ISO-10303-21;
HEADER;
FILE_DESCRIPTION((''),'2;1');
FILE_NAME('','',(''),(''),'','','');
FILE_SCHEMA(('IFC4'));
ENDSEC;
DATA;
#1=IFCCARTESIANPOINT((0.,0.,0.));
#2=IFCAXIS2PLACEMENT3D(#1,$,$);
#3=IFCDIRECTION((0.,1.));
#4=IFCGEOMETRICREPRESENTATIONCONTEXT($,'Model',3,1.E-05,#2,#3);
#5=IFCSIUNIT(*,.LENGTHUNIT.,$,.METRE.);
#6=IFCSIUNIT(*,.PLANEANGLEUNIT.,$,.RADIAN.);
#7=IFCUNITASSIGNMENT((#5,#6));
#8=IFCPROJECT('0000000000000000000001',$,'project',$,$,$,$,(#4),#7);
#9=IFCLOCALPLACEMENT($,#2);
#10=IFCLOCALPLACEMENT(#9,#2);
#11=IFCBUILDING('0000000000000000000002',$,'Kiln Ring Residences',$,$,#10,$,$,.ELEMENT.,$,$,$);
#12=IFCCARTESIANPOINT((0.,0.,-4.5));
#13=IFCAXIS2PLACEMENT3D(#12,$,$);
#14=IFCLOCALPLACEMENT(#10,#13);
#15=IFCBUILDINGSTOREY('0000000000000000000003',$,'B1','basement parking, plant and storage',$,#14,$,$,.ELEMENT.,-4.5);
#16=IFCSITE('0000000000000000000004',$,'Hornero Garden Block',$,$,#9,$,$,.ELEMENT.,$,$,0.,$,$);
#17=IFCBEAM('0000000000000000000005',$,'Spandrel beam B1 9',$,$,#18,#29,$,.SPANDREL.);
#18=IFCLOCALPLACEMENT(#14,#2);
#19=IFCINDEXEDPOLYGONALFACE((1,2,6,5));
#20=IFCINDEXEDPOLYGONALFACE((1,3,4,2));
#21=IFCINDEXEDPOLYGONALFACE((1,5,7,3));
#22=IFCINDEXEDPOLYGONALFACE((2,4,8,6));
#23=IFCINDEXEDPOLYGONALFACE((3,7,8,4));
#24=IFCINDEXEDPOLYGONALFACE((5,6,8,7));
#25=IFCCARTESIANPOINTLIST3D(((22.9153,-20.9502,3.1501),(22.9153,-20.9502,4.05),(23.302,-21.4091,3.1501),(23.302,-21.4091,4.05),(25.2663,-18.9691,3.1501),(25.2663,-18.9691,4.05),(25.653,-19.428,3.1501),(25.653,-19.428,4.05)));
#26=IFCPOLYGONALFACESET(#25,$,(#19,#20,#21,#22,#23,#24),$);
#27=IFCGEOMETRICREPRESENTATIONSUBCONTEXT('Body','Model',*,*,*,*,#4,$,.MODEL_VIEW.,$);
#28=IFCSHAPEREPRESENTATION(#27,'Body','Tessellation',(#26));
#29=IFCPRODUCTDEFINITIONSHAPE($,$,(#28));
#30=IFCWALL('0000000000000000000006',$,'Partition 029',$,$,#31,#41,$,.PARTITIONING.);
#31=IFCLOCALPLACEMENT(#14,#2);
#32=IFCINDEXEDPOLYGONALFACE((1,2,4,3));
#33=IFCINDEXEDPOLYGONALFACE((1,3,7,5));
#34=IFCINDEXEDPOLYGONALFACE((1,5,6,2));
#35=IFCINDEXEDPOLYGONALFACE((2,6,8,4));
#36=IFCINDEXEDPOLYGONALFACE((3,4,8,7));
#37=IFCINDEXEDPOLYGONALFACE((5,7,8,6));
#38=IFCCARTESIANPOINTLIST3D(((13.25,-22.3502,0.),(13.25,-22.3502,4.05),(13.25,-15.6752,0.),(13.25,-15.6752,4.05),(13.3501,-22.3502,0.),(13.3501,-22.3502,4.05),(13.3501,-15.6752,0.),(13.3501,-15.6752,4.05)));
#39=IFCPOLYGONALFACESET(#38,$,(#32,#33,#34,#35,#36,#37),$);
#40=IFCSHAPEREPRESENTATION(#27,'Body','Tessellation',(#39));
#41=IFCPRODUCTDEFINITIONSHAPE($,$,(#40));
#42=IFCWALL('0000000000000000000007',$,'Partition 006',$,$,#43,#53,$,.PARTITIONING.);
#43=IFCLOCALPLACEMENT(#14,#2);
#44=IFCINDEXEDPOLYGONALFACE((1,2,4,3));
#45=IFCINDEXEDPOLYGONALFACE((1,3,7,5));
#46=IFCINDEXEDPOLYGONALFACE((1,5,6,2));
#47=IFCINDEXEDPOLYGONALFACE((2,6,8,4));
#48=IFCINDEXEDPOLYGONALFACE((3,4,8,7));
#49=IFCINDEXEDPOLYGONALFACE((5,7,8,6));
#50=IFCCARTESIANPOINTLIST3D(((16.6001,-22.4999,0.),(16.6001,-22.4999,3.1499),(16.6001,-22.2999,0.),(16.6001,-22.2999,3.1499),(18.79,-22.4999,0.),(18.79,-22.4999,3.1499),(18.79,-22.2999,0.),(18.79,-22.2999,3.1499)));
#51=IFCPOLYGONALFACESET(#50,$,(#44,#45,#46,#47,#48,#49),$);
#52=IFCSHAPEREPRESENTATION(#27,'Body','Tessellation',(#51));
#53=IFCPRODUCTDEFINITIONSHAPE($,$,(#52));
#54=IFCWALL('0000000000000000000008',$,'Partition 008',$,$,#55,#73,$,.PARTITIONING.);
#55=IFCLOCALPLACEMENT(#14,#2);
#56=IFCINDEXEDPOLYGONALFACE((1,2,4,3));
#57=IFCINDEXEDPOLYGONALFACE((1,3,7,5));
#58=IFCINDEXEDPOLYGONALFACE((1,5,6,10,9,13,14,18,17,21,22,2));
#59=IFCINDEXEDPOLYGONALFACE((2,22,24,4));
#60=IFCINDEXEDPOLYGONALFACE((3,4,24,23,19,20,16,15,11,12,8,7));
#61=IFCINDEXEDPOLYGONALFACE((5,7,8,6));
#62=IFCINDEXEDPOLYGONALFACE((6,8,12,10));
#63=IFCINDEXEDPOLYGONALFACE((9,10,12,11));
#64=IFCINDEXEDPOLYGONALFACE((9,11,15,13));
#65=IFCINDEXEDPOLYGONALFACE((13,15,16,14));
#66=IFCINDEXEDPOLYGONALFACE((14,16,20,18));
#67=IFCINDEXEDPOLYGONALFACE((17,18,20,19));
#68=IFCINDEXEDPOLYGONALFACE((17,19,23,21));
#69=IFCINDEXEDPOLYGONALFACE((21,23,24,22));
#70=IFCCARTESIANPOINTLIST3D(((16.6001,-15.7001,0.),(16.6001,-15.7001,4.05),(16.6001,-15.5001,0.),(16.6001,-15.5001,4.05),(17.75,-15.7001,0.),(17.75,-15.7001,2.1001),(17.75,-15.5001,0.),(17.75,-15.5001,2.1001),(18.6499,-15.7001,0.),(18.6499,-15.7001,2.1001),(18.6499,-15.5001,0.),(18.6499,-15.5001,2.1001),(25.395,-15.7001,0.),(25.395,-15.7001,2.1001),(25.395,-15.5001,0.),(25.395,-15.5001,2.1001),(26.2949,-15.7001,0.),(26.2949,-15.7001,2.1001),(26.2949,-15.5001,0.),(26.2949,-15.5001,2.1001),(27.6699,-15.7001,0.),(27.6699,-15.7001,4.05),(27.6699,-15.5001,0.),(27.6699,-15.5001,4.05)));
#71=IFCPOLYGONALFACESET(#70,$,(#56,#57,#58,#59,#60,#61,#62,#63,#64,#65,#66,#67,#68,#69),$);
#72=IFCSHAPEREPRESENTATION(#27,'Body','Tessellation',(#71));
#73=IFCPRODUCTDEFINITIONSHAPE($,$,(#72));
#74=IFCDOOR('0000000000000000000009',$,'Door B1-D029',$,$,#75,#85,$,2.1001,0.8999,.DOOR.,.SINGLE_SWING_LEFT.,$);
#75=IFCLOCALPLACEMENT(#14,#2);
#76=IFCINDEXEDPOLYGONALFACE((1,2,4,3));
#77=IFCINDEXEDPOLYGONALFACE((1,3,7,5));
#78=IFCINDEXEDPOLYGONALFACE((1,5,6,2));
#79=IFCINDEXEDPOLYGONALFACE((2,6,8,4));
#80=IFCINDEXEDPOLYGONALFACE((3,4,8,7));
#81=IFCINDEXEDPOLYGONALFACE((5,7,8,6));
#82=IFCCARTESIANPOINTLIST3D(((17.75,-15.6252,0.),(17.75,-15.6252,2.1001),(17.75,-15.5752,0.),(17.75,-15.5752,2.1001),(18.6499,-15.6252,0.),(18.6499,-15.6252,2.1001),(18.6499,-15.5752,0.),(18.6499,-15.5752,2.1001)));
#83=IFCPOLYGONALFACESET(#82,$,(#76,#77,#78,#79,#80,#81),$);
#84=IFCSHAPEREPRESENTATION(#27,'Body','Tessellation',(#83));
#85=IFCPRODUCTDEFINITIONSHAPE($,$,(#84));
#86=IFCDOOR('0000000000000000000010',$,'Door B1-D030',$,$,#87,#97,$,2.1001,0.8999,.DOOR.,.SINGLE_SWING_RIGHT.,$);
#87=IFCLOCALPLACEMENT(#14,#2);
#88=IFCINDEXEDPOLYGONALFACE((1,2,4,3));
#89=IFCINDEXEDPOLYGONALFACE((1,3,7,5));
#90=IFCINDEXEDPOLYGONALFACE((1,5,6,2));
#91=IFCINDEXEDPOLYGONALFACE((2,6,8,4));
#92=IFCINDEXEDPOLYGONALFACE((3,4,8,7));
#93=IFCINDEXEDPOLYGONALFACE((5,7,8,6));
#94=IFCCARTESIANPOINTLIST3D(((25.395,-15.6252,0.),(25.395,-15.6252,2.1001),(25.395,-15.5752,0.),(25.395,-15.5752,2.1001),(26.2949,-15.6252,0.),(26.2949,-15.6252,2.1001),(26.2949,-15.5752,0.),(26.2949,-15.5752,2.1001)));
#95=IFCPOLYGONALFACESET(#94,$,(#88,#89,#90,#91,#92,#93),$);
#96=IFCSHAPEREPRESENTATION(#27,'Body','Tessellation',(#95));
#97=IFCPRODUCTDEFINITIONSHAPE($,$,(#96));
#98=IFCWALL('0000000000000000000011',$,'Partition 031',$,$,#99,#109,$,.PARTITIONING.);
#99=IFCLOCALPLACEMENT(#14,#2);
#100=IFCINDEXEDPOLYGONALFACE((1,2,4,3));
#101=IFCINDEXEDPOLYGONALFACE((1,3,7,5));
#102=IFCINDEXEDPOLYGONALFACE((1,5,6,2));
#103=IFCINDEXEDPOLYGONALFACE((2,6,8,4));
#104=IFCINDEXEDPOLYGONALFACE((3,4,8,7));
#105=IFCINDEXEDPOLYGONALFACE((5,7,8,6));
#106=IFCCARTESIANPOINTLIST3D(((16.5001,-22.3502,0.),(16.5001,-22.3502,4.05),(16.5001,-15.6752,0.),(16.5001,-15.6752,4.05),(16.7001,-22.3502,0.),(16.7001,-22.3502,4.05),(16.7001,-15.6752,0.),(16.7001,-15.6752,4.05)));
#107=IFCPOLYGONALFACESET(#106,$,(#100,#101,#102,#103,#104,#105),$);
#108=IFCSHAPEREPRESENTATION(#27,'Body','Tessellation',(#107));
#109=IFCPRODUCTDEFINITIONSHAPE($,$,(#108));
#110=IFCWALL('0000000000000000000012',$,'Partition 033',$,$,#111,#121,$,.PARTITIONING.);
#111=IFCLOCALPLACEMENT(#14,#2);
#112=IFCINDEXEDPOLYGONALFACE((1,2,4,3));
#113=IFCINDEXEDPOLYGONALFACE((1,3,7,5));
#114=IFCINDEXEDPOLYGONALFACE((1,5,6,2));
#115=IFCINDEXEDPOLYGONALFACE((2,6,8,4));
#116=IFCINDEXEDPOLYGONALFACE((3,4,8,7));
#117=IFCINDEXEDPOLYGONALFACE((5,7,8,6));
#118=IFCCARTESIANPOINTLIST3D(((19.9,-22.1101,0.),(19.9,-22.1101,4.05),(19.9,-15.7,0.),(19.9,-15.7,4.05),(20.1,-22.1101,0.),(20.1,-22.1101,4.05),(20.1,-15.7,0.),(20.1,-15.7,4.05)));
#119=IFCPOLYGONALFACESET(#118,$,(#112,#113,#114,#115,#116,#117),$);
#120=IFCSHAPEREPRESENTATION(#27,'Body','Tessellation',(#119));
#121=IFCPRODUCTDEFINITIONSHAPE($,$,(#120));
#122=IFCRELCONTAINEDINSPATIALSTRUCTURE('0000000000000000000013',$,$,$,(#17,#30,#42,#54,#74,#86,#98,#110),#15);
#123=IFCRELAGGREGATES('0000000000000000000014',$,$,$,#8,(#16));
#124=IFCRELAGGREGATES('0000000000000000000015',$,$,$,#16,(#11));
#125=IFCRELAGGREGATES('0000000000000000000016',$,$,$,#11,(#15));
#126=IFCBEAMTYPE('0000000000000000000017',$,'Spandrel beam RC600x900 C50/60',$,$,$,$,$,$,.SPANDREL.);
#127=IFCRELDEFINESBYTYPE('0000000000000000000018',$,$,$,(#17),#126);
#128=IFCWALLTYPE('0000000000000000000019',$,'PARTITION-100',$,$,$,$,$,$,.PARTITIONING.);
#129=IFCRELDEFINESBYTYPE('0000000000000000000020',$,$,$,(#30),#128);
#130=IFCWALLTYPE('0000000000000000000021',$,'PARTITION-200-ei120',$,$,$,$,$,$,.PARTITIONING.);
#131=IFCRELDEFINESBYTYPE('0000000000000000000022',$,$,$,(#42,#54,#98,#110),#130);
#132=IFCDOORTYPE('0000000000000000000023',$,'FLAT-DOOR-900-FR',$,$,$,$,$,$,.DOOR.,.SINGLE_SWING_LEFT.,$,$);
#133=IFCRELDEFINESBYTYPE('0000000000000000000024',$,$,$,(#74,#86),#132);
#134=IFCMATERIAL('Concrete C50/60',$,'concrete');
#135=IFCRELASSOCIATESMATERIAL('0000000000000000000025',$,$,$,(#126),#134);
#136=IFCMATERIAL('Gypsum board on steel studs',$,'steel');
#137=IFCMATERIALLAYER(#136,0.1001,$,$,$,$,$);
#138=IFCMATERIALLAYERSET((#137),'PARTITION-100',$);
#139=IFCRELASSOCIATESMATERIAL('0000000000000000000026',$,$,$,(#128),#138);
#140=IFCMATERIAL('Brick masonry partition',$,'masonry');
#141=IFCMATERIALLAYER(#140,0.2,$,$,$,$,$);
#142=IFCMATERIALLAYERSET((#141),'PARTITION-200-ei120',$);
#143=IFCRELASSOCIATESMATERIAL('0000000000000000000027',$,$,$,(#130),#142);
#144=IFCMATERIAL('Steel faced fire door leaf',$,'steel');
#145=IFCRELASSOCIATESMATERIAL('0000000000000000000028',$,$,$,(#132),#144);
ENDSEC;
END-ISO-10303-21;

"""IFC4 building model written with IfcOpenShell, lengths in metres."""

from ifc_helpers import new_model, si_unit, direction, frame, frame_2d, origin, origin_2d, place, context, subcontext, project, spatial, rectangle, extrude, material, layer, layer_set, material_profile, profile_set, type_object, element, fill, save


model = new_model("IFC4")

# Units and contexts
model_context = context("Model", 3, precision=1e-05, world=origin(), true_north=direction((0.0, 1.0)))
body_context = subcontext(model_context, "Body", "Model", "MODEL_VIEW")
ifc_project = project(units=[si_unit("LENGTHUNIT", "METRE"), si_unit("PLANEANGLEUNIT", "RADIAN")], contexts=[model_context])

# Site, building, storey
site_placement = place(None, origin())
site = spatial("IfcSite", under=ifc_project, at=site_placement, Name="Hornero Garden Block", CompositionType="ELEMENT", RefElevation=0.0)
building_placement = place(site_placement, origin())
building = spatial("IfcBuilding", under=site, at=building_placement, Name="Kiln Ring Residences", CompositionType="ELEMENT")
storey_placement = place(building_placement, frame((0.0, 0.0, -4.5)))
storey = spatial("IfcBuildingStorey", under=building, at=storey_placement, Name="B1", Description="basement parking, plant and storage", CompositionType="ELEMENT", Elevation=-4.5)

# Beam
ifc_material_1 = material(Name="Concrete C50/60", Category="concrete")
ifc_material_profile_1 = material_profile(ifc_material_1, rectangle(XDim=0.6001, YDim=0.8999, at=origin_2d()), Name="RC600x900")
ifc_profile_set_1 = profile_set([ifc_material_profile_1], Name="Concrete C50/60")
beam_type = type_object("IfcBeamType", Name="Spandrel beam RC600x900 C50/60", PredefinedType="SPANDREL", material=ifc_profile_set_1)
beam_1_placement = place(storey_placement, frame((23.1086, -21.1797, 3.6001), z_axis=(0.764695, 0.644392, 0.0), x_axis=(-0.644392, 0.764695, 0.0)))
element("IfcBeam", 1, at=beam_1_placement, inside=storey, type_object=beam_type, Name="Spandrel beam B1 9", PredefinedType="SPANDREL", context=body_context, shape_type="SweptSolid", body=[
    extrude(rectangle(XDim=0.6001, YDim=0.8999, at=origin_2d()), origin(), (0.0, 0.0, 1.0), 3.0745),
])

# Walls
ifc_material_2 = material(Name="Gypsum board on steel studs", Category="steel")
ifc_layer_1 = layer(ifc_material_2, 0.1001)
ifc_layer_set_1 = layer_set([ifc_layer_1], Name="PARTITION-100")
wall_type_1 = type_object("IfcWallType", Name="PARTITION-100", PredefinedType="PARTITIONING", material=ifc_layer_set_1)
wall_1_placement = place(storey_placement, frame((13.3, -22.3501, 0.0), z_axis=(0.0, 0.0, 1.0), x_axis=(0.0, 1.0, 0.0)))
element("IfcWall", 2, at=wall_1_placement, inside=storey, type_object=wall_type_1, Name="Partition 029", PredefinedType="PARTITIONING", context=body_context, shape_type="SweptSolid", body=[
    extrude(rectangle(XDim=6.675, YDim=0.1001, at=frame_2d((3.3374, 0.0))), origin(), (0.0, 0.0, 1.0), 4.05),
])
ifc_material_3 = material(Name="Brick masonry partition", Category="masonry")
ifc_layer_2 = layer(ifc_material_3, 0.2)
ifc_layer_set_2 = layer_set([ifc_layer_2], Name="PARTITION-200-ei120")
wall_type_2 = type_object("IfcWallType", Name="PARTITION-200-ei120", PredefinedType="PARTITIONING", material=ifc_layer_set_2)
wall_2_placement = place(storey_placement, frame((16.6001, -22.3999, 0.0), z_axis=(0.0, 0.0, 1.0), x_axis=(1.0, 0.0, 0.0)))
element("IfcWall", 3, at=wall_2_placement, inside=storey, type_object=wall_type_2, Name="Partition 006", PredefinedType="PARTITIONING", context=body_context, shape_type="SweptSolid", body=[
    extrude(rectangle(XDim=2.1899, YDim=0.2, at=frame_2d((1.095, 0.0))), origin(), (0.0, 0.0, 1.0), 3.1499),
])

# Wall, openings, doors
wall_3_placement = place(storey_placement, frame((16.6001, -15.6001, 0.0), z_axis=(0.0, 0.0, 1.0), x_axis=(1.0, 0.0, 0.0)))
wall_3 = element("IfcWall", 4, at=wall_3_placement, inside=storey, type_object=wall_type_2, Name="Partition 008", PredefinedType="PARTITIONING", context=body_context, shape_type="SweptSolid", body=[
    extrude(rectangle(XDim=11.0698, YDim=0.2, at=frame_2d((5.5349, 0.0))), origin(), (0.0, 0.0, 1.0), 4.05),
])
opening_1_placement = place(wall_3_placement, frame((1.1499, 0.0, 0.0)))
opening_1 = element("IfcOpeningElement", 5, at=opening_1_placement, cuts=wall_3, PredefinedType="OPENING", context=body_context, shape_type="SweptSolid", body=[
    extrude(rectangle(XDim=0.8999, YDim=2.1001, at=frame_2d((0.45, 1.05))), frame((0.0, 0.1099, 0.0), z_axis=(0.0, -1.0, 0.0), x_axis=(1.0, 0.0, 0.0)), (0.0, 0.0, 1.0), 0.22),
])
opening_2_placement = place(wall_3_placement, frame((8.7949, 0.0, 0.0)))
opening_2 = element("IfcOpeningElement", 6, at=opening_2_placement, cuts=wall_3, PredefinedType="OPENING", context=body_context, shape_type="SweptSolid", body=[
    extrude(rectangle(XDim=0.8999, YDim=2.1001, at=frame_2d((0.45, 1.05))), frame((0.0, 0.1099, 0.0), z_axis=(0.0, -1.0, 0.0), x_axis=(1.0, 0.0, 0.0)), (0.0, 0.0, 1.0), 0.22),
])
ifc_material_4 = material(Name="Steel faced fire door leaf", Category="steel")
door_type = type_object("IfcDoorType", Name="FLAT-DOOR-900-FR", OperationType="SINGLE_SWING_LEFT", PredefinedType="DOOR", material=ifc_material_4)
door_1_placement = place(opening_1_placement, origin())
door_1 = element("IfcDoor", 7, at=door_1_placement, inside=storey, type_object=door_type, Name="Door B1-D029", OperationType="SINGLE_SWING_LEFT", OverallHeight=2.1001, OverallWidth=0.8999, PredefinedType="DOOR", context=body_context, shape_type="SweptSolid", body=[
    extrude(rectangle(XDim=0.8999, YDim=2.1001, at=frame_2d((0.45, 1.05))), frame((0.0, 0.0249, 0.0), z_axis=(0.0, -1.0, 0.0), x_axis=(1.0, 0.0, 0.0)), (0.0, 0.0, 1.0), 0.05),
])
fill(opening_1, door_1)
door_2_placement = place(opening_2_placement, origin())
door_2 = element("IfcDoor", 8, at=door_2_placement, inside=storey, type_object=door_type, Name="Door B1-D030", OperationType="SINGLE_SWING_RIGHT", OverallHeight=2.1001, OverallWidth=0.8999, PredefinedType="DOOR", context=body_context, shape_type="SweptSolid", body=[
    extrude(rectangle(XDim=0.8999, YDim=2.1001, at=frame_2d((0.45, 1.05))), frame((0.0, 0.0249, 0.0), z_axis=(0.0, -1.0, 0.0), x_axis=(1.0, 0.0, 0.0)), (0.0, 0.0, 1.0), 0.05),
])
fill(opening_2, door_2)

# Walls
wall_4_placement = place(storey_placement, frame((16.6001, -22.3501, 0.0), z_axis=(0.0, 0.0, 1.0), x_axis=(0.0, 1.0, 0.0)))
element("IfcWall", 9, at=wall_4_placement, inside=storey, type_object=wall_type_2, Name="Partition 031", PredefinedType="PARTITIONING", context=body_context, shape_type="SweptSolid", body=[
    extrude(rectangle(XDim=6.675, YDim=0.2, at=frame_2d((3.3374, 0.0))), origin(), (0.0, 0.0, 1.0), 4.05),
])
wall_5_placement = place(storey_placement, frame((20.0, -22.1101, 0.0), z_axis=(0.0, 0.0, 1.0), x_axis=(0.0, 1.0, 0.0)))
element("IfcWall", 10, at=wall_5_placement, inside=storey, type_object=wall_type_2, Name="Partition 033", PredefinedType="PARTITIONING", context=body_context, shape_type="SweptSolid", body=[
    extrude(rectangle(XDim=6.4102, YDim=0.2, at=frame_2d((3.2051, 0.0))), origin(), (0.0, 0.0, 1.0), 4.05),
])

save(model, "model.ifc")
